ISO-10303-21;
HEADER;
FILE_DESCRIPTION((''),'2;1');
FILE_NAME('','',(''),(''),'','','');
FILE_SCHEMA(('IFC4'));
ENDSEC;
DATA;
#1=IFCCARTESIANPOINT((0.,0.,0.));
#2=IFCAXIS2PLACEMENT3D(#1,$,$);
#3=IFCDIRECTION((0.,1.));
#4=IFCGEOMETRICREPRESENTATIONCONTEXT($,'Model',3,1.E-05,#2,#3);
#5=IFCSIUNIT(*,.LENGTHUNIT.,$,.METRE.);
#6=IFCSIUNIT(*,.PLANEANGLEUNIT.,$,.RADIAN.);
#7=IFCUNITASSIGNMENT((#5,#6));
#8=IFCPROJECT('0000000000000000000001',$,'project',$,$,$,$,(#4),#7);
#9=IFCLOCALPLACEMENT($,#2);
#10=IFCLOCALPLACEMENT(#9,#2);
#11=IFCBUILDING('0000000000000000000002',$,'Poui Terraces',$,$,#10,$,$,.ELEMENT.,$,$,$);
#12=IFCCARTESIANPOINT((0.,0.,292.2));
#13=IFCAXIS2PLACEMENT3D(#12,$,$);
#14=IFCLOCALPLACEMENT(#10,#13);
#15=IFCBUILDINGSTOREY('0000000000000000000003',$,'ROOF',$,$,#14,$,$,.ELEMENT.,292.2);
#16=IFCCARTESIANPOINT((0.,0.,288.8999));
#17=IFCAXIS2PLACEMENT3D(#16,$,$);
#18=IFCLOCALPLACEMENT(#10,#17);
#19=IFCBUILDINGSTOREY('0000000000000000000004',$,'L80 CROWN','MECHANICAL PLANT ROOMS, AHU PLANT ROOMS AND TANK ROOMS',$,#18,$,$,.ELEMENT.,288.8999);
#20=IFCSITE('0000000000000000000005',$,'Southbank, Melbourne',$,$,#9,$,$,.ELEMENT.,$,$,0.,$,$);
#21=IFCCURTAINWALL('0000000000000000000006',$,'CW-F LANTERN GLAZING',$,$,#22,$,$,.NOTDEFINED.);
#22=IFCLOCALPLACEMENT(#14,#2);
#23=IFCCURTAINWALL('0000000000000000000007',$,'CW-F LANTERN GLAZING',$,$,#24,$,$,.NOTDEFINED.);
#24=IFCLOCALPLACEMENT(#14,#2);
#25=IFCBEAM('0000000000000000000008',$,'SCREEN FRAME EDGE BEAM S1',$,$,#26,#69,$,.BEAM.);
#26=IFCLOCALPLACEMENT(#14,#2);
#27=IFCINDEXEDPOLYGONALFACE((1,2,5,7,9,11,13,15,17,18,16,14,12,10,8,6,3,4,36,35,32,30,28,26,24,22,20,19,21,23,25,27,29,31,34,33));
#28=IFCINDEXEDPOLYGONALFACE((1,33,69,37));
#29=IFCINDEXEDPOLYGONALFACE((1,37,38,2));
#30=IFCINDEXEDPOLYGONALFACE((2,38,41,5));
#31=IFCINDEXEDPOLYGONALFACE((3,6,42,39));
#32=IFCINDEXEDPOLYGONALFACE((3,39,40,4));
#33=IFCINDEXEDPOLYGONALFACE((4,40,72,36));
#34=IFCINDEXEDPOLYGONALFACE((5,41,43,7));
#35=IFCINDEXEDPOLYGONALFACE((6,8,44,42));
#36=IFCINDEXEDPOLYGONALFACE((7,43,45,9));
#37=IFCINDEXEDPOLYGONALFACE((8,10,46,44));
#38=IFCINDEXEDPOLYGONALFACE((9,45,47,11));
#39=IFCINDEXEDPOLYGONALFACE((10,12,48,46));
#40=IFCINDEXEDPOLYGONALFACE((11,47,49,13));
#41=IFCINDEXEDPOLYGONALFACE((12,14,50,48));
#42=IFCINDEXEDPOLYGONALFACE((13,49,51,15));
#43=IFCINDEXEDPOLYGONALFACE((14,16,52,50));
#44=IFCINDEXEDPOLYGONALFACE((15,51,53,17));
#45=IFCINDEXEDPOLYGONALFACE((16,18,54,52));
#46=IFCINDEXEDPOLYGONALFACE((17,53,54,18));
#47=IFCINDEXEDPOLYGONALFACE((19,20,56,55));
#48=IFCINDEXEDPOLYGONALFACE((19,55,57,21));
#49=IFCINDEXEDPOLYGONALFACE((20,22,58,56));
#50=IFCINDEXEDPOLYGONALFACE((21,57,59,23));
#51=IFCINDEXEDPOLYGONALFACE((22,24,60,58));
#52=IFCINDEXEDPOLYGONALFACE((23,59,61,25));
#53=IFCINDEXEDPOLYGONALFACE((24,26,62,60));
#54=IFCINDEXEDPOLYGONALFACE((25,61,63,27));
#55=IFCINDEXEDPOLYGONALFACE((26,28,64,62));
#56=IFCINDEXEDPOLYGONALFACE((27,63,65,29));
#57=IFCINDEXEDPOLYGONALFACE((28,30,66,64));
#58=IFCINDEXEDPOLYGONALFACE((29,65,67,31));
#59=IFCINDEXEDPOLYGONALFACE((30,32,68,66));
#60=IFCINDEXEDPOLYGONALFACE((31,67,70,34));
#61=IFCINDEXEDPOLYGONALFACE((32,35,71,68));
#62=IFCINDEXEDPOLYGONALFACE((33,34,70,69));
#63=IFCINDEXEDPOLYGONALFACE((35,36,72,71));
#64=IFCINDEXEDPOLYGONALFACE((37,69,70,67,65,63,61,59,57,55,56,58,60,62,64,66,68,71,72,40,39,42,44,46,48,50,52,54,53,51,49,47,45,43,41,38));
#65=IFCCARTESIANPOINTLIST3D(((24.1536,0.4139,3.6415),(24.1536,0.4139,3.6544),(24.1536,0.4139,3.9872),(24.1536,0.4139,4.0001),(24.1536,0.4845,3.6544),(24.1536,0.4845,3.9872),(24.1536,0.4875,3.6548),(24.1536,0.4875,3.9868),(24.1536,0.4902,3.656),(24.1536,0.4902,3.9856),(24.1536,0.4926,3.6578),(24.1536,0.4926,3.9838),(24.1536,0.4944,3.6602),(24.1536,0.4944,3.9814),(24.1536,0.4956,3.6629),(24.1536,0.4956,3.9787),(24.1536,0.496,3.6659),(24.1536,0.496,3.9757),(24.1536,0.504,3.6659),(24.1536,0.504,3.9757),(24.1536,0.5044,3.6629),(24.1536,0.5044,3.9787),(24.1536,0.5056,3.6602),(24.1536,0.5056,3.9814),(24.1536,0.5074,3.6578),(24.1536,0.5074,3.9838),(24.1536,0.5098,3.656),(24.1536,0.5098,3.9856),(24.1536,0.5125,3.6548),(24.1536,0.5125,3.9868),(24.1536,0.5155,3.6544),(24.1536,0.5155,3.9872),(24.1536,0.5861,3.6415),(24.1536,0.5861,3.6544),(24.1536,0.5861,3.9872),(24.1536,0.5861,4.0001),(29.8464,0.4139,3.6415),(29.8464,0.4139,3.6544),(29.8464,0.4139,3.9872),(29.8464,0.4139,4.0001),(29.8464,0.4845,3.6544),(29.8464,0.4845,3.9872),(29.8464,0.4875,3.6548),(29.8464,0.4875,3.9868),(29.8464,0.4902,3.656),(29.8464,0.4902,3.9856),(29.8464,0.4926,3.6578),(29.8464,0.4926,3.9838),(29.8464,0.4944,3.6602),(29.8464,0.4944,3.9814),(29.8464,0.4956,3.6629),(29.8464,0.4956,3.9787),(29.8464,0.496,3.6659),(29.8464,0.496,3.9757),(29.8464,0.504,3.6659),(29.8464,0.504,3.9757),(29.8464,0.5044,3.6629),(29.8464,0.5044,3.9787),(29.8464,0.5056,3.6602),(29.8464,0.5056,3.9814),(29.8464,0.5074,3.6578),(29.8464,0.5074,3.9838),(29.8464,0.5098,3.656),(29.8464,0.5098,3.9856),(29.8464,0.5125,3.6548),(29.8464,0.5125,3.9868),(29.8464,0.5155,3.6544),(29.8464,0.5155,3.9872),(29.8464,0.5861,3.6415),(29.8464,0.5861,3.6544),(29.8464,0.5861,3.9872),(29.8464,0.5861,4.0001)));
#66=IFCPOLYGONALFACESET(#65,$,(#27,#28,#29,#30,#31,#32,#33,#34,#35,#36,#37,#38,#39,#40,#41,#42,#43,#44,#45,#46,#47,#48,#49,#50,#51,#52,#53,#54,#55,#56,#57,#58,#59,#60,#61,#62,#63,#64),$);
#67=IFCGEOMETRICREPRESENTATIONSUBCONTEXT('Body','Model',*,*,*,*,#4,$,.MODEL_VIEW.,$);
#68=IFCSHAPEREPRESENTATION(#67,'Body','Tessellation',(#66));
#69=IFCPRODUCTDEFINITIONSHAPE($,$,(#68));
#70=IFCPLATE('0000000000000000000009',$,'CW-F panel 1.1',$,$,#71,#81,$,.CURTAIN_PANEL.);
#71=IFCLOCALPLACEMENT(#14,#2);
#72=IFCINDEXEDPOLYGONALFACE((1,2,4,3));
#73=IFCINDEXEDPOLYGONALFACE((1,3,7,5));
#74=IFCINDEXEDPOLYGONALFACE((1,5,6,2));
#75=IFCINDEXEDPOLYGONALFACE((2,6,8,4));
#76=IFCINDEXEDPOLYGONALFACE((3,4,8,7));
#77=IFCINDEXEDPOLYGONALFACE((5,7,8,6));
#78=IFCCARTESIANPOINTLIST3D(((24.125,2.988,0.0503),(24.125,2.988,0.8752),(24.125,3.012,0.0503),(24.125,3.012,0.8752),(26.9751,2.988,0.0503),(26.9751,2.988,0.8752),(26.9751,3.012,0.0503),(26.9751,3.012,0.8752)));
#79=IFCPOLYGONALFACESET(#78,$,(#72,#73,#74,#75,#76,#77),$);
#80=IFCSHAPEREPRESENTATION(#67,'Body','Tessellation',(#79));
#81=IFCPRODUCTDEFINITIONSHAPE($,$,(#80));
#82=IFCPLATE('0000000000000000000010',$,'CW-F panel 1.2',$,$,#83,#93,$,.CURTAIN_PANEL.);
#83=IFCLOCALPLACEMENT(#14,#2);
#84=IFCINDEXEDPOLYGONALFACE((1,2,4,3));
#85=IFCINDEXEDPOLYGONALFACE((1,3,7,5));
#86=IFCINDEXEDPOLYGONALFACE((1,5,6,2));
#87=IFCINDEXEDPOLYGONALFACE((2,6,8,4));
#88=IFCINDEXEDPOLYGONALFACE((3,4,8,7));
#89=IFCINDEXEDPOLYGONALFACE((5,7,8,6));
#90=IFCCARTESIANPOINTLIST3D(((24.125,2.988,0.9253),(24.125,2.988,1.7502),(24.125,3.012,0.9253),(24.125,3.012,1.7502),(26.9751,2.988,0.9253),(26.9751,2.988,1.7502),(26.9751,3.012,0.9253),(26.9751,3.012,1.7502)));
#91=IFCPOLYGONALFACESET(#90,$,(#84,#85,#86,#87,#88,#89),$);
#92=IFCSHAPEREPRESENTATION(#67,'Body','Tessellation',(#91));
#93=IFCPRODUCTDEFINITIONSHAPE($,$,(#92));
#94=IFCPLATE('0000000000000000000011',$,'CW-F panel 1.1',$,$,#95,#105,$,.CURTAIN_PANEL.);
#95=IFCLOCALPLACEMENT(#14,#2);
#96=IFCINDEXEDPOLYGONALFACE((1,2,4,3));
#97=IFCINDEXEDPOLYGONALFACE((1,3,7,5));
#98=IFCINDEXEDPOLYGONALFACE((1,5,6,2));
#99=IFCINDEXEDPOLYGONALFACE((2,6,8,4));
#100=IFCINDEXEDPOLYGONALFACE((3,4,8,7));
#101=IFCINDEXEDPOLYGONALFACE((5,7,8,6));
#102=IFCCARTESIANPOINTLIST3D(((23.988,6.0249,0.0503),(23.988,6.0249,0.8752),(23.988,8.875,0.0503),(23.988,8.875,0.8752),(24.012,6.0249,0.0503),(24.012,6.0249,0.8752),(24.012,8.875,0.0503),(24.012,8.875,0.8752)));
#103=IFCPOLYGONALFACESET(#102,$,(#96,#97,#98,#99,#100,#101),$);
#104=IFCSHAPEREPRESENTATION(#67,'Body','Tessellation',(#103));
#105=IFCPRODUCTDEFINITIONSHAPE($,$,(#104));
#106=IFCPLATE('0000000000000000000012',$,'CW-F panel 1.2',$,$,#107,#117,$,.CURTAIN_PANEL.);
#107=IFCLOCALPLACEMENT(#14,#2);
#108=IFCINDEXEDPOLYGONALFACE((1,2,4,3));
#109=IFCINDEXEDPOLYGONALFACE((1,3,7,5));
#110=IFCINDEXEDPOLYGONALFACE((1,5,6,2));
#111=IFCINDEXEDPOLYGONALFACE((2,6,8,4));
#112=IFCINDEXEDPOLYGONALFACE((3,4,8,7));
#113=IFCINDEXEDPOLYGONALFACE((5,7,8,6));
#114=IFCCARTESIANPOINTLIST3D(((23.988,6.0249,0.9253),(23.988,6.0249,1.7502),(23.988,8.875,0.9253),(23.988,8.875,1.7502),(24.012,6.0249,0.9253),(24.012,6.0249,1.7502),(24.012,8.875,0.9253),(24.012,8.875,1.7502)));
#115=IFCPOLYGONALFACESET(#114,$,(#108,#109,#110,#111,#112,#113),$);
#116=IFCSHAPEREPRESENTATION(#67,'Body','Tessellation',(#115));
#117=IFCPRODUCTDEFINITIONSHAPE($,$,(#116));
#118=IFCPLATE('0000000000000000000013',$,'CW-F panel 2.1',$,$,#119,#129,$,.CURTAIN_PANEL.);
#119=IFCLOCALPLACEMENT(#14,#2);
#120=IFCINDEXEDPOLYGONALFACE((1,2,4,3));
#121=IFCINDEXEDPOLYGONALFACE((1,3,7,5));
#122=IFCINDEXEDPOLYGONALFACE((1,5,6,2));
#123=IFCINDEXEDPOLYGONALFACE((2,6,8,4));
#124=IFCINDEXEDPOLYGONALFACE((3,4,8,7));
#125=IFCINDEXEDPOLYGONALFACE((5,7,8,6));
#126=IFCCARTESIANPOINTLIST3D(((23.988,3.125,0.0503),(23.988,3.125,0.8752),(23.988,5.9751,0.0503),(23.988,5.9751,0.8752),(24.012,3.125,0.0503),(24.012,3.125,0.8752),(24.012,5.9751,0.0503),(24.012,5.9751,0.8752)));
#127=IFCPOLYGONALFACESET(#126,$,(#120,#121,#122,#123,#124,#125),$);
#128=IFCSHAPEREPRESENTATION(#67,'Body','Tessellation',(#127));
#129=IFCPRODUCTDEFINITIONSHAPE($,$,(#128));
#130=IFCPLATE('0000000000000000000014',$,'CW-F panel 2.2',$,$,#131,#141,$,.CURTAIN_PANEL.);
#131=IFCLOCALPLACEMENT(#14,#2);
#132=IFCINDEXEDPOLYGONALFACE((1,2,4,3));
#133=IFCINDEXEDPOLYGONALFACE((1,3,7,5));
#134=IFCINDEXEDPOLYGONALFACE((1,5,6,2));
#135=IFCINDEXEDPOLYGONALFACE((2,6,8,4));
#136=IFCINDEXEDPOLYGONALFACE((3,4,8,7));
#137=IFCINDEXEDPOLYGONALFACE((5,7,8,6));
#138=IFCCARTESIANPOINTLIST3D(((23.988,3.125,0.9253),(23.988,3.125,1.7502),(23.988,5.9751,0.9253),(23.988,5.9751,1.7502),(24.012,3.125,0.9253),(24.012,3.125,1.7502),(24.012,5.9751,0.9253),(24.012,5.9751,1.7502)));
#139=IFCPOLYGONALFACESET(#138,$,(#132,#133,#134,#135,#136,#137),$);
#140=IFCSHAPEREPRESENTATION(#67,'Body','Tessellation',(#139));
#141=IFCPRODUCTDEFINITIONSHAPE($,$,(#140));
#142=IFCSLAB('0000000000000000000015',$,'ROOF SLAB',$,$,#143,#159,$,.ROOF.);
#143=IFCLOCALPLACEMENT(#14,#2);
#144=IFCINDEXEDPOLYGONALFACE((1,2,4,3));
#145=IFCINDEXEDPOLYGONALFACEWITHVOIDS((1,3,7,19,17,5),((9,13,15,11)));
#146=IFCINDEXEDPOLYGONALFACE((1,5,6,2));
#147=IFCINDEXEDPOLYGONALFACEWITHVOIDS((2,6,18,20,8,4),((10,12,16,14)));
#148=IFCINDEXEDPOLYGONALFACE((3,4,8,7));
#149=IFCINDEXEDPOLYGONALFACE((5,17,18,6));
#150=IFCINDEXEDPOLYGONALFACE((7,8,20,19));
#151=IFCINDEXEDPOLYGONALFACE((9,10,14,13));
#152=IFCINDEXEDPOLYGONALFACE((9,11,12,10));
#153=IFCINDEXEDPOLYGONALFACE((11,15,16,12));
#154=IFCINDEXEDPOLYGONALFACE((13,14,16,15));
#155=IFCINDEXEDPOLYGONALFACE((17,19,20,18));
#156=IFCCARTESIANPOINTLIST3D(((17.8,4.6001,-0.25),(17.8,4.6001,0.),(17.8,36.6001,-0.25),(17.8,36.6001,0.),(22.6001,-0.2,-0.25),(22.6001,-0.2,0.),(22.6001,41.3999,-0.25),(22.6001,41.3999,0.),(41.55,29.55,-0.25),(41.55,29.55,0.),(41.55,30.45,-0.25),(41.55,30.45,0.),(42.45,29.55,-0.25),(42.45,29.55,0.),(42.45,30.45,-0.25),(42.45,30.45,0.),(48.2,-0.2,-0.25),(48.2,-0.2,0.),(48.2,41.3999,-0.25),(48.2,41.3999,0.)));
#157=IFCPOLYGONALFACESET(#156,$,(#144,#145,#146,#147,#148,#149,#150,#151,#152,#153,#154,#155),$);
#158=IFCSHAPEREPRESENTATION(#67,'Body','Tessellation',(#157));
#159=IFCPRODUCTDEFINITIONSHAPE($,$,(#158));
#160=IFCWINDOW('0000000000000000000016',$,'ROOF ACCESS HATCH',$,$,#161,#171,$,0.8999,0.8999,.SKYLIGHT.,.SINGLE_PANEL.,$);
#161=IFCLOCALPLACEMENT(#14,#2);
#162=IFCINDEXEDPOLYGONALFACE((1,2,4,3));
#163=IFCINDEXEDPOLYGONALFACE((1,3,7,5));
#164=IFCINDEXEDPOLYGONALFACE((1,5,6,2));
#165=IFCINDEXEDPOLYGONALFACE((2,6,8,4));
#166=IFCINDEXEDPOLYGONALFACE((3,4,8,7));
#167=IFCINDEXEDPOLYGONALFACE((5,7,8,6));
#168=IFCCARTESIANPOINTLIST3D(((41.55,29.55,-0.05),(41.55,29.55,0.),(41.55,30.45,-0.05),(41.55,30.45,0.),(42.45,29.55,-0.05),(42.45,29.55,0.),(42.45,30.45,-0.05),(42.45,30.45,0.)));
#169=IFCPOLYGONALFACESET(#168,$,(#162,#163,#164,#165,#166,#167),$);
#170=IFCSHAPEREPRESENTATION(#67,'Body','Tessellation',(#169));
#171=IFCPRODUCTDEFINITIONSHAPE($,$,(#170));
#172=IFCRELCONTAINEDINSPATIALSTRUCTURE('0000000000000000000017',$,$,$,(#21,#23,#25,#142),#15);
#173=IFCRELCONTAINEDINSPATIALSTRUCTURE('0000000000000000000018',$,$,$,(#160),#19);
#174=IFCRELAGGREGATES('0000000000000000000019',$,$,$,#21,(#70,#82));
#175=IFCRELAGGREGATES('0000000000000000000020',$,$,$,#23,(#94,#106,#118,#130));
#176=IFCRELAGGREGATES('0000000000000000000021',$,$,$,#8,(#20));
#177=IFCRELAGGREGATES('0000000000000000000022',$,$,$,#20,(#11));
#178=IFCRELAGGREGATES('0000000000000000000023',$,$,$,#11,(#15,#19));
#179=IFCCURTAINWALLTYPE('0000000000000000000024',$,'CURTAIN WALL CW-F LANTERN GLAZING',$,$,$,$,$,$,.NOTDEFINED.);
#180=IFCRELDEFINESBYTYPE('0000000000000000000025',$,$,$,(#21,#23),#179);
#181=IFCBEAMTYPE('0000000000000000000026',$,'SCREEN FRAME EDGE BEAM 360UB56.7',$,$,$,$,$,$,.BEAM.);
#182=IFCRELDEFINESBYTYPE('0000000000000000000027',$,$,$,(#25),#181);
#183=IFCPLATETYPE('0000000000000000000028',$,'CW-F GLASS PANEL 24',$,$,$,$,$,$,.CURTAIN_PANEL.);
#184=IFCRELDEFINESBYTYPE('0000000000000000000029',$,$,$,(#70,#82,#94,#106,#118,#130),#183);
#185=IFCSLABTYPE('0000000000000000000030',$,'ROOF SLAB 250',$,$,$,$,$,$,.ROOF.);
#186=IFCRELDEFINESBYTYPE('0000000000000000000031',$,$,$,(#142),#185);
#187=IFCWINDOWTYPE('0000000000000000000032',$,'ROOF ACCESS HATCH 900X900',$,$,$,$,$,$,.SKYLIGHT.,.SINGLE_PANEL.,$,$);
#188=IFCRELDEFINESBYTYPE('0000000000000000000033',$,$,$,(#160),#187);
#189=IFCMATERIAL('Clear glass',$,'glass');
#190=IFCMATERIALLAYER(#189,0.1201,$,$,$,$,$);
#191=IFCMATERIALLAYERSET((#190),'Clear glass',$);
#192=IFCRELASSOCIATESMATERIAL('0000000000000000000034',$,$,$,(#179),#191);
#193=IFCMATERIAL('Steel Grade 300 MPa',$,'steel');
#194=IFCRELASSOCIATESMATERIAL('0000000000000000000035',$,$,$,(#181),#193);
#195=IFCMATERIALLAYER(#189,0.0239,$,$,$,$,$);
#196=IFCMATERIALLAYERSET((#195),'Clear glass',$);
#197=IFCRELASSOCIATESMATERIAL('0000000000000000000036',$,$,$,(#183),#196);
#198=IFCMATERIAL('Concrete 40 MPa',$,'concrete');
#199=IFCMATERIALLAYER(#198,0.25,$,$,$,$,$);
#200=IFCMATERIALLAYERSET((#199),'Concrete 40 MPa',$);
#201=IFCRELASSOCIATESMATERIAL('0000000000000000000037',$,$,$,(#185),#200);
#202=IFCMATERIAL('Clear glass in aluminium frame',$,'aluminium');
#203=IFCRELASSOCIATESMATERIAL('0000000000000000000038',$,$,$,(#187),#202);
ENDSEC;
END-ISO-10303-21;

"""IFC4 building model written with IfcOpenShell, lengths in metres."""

from ifc_helpers import new_model, si_unit, direction, frame, origin, origin_2d, place, context, subcontext, project, spatial, polyline, rectangle, i_section, outline, extrude, source, transform, mapped, material, layer, layer_set, material_profile, profile_set, type_object, element, fill, aggregate, save


model = new_model("IFC4")

# Units and contexts
model_context = context("Model", 3, precision=1e-05, world=origin(), true_north=direction((0.0, 1.0)))
body_context = subcontext(model_context, "Body", "Model", "MODEL_VIEW")
ifc_project = project(units=[si_unit("LENGTHUNIT", "METRE"), si_unit("PLANEANGLEUNIT", "RADIAN")], contexts=[model_context])

# Site, building, storey
site_placement = place(None, origin())
site = spatial("IfcSite", under=ifc_project, at=site_placement, Name="Southbank, Melbourne", CompositionType="ELEMENT", RefElevation=0.0)
building_placement = place(site_placement, origin())
building = spatial("IfcBuilding", under=site, at=building_placement, Name="Poui Terraces", CompositionType="ELEMENT")
storey_1_placement = place(building_placement, frame((0.0, 0.0, 292.2)))
storey_1 = spatial("IfcBuildingStorey", under=building, at=storey_1_placement, Name="ROOF", CompositionType="ELEMENT", Elevation=292.2)

# Shared definitions
ifc_material_1 = material(Name="Steel Grade 300 MPa", Category="steel")

# Curtain wall
ifc_material_2 = material(Name="Clear glass", Category="glass")
ifc_layer_1 = layer(ifc_material_2, 0.1201)
ifc_layer_set_1 = layer_set([ifc_layer_1], Name="Clear glass")
curtain_wall_type = type_object("IfcCurtainWallType", Name="CURTAIN WALL CW-F LANTERN GLAZING", PredefinedType="NOTDEFINED", material=ifc_layer_set_1)
curtain_wall_1_placement = place(storey_1_placement, origin())
curtain_wall_1 = element("IfcCurtainWall", 1, at=curtain_wall_1_placement, inside=storey_1, type_object=curtain_wall_type, Name="CW-F LANTERN GLAZING", PredefinedType="NOTDEFINED")

# Curtain wall
curtain_wall_2_placement = place(storey_1_placement, origin())
curtain_wall_2 = element("IfcCurtainWall", 2, at=curtain_wall_2_placement, inside=storey_1, type_object=curtain_wall_type, Name="CW-F LANTERN GLAZING", PredefinedType="NOTDEFINED")

# Beam
ifc_material_profile_1 = material_profile(ifc_material_1, i_section(OverallWidth=0.1721, OverallDepth=0.3586, WebThickness=0.0081, FlangeThickness=0.0129, FilletRadius=0.0115, at=origin_2d()), Name="360UB56.7")
ifc_profile_set_1 = profile_set([ifc_material_profile_1], Name="Steel Grade 300 MPa")
beam_type = type_object("IfcBeamType", Name="SCREEN FRAME EDGE BEAM 360UB56.7", PredefinedType="BEAM", material=ifc_profile_set_1)
shared_shape_1 = source(origin(), body_context, "Body", "SweptSolid", [
    extrude(i_section(OverallWidth=0.1721, OverallDepth=0.3586, WebThickness=0.0081, FlangeThickness=0.0129, FilletRadius=0.0115, at=origin_2d()), origin(), (0.0, 0.0, 1.0), 5.6929),
])
beam_placement = place(storey_1_placement, frame((24.1536, 0.5, 3.8208), z_axis=(1.0, 0.0, 0.0), x_axis=(0.0, 1.0, 0.0)))
element("IfcBeam", 3, at=beam_placement, inside=storey_1, type_object=beam_type, Name="SCREEN FRAME EDGE BEAM S1", PredefinedType="BEAM", context=body_context, shape_type="MappedRepresentation", body=[
    mapped(shared_shape_1, transform((0.0, 0.0, 0.0))),
])

# Plates
ifc_layer_2 = layer(ifc_material_2, 0.0239)
ifc_layer_set_2 = layer_set([ifc_layer_2], Name="Clear glass")
plate_type = type_object("IfcPlateType", Name="CW-F GLASS PANEL 24", PredefinedType="CURTAIN_PANEL", material=ifc_layer_set_2)
plate_1_placement = place(storey_1_placement, frame((25.55, 3.0, 0.0503), z_axis=(0.0, 0.0, 1.0), x_axis=(1.0, 0.0, 0.0)))
plate_1 = element("IfcPlate", 4, at=plate_1_placement, type_object=plate_type, Name="CW-F panel 1.1", PredefinedType="CURTAIN_PANEL", context=body_context, shape_type="SweptSolid", body=[
    extrude(rectangle(XDim=2.8501, YDim=0.0239, at=origin_2d()), origin(), (0.0, 0.0, 1.0), 0.825),
])
plate_2_placement = place(storey_1_placement, frame((25.55, 3.0, 0.9253), z_axis=(0.0, 0.0, 1.0), x_axis=(1.0, 0.0, 0.0)))
plate_2 = element("IfcPlate", 5, at=plate_2_placement, type_object=plate_type, Name="CW-F panel 1.2", PredefinedType="CURTAIN_PANEL", context=body_context, shape_type="SweptSolid", body=[
    extrude(rectangle(XDim=2.8501, YDim=0.0239, at=origin_2d()), origin(), (0.0, 0.0, 1.0), 0.825),
])
aggregate(curtain_wall_1, [plate_1, plate_2])
plate_3_placement = place(storey_1_placement, frame((24.0, 7.45, 0.0503), z_axis=(0.0, 0.0, 1.0), x_axis=(0.0, -1.0, 0.0)))
plate_3 = element("IfcPlate", 6, at=plate_3_placement, type_object=plate_type, Name="CW-F panel 1.1", PredefinedType="CURTAIN_PANEL", context=body_context, shape_type="SweptSolid", body=[
    extrude(rectangle(XDim=2.8501, YDim=0.0239, at=origin_2d()), origin(), (0.0, 0.0, 1.0), 0.825),
])
plate_4_placement = place(storey_1_placement, frame((24.0, 7.45, 0.9253), z_axis=(0.0, 0.0, 1.0), x_axis=(0.0, -1.0, 0.0)))
plate_4 = element("IfcPlate", 7, at=plate_4_placement, type_object=plate_type, Name="CW-F panel 1.2", PredefinedType="CURTAIN_PANEL", context=body_context, shape_type="SweptSolid", body=[
    extrude(rectangle(XDim=2.8501, YDim=0.0239, at=origin_2d()), origin(), (0.0, 0.0, 1.0), 0.825),
])
plate_5_placement = place(storey_1_placement, frame((24.0, 4.55, 0.0503), z_axis=(0.0, 0.0, 1.0), x_axis=(0.0, -1.0, 0.0)))
plate_5 = element("IfcPlate", 8, at=plate_5_placement, type_object=plate_type, Name="CW-F panel 2.1", PredefinedType="CURTAIN_PANEL", context=body_context, shape_type="SweptSolid", body=[
    extrude(rectangle(XDim=2.8501, YDim=0.0239, at=origin_2d()), origin(), (0.0, 0.0, 1.0), 0.825),
])
plate_6_placement = place(storey_1_placement, frame((24.0, 4.55, 0.9253), z_axis=(0.0, 0.0, 1.0), x_axis=(0.0, -1.0, 0.0)))
plate_6 = element("IfcPlate", 9, at=plate_6_placement, type_object=plate_type, Name="CW-F panel 2.2", PredefinedType="CURTAIN_PANEL", context=body_context, shape_type="SweptSolid", body=[
    extrude(rectangle(XDim=2.8501, YDim=0.0239, at=origin_2d()), origin(), (0.0, 0.0, 1.0), 0.825),
])
aggregate(curtain_wall_2, [plate_3, plate_4, plate_5, plate_6])

# Slab, opening
ifc_material_3 = material(Name="Concrete 40 MPa", Category="concrete")
ifc_layer_3 = layer(ifc_material_3, 0.25)
ifc_layer_set_3 = layer_set([ifc_layer_3], Name="Concrete 40 MPa")
slab_type = type_object("IfcSlabType", Name="ROOF SLAB 250", PredefinedType="ROOF", material=ifc_layer_set_3)
shared_shape_2 = source(origin(), body_context, "Body", "SweptSolid", [
    extrude(outline(polyline([(0.0, 0.0), (25.5999, 0.0), (25.5999, 41.5999), (0.0, 41.5999), (-4.8, 36.8), (-4.8, 4.8), (0.0, 0.0)])), origin(), (0.0, 0.0, 1.0), 0.25),
])
slab_placement = place(storey_1_placement, frame((22.6001, -0.2, -0.25)))
slab = element("IfcSlab", 10, at=slab_placement, inside=storey_1, type_object=slab_type, Name="ROOF SLAB", PredefinedType="ROOF", context=body_context, shape_type="MappedRepresentation", body=[
    mapped(shared_shape_2, transform((0.0, 0.0, 0.0))),
])
opening_placement = place(slab_placement, frame((19.3999, 30.2, -0.01)))
opening = element("IfcOpeningElement", 11, at=opening_placement, cuts=slab, PredefinedType="OPENING", context=body_context, shape_type="SweptSolid", body=[
    extrude(rectangle(XDim=0.8999, YDim=0.8999, at=origin_2d()), origin(), (0.0, 0.0, 1.0), 0.27),
])

# Shared definitions
storey_2_placement = place(building_placement, frame((0.0, 0.0, 288.8999)))
storey_2 = spatial("IfcBuildingStorey", under=building, at=storey_2_placement, Name="L80 CROWN", Description="MECHANICAL PLANT ROOMS, AHU PLANT ROOMS AND TANK ROOMS", CompositionType="ELEMENT", Elevation=288.8999)

# Window
ifc_material_4 = material(Name="Clear glass in aluminium frame", Category="aluminium")
window_type = type_object("IfcWindowType", Name="ROOF ACCESS HATCH 900X900", PartitioningType="SINGLE_PANEL", PredefinedType="SKYLIGHT", material=ifc_material_4)
window_placement = place(opening_placement, frame((0.0, 0.0, 0.21)))
window = element("IfcWindow", 12, at=window_placement, inside=storey_2, type_object=window_type, Name="ROOF ACCESS HATCH", OverallHeight=0.8999, OverallWidth=0.8999, PartitioningType="SINGLE_PANEL", PredefinedType="SKYLIGHT", context=body_context, shape_type="SweptSolid", body=[
    extrude(rectangle(XDim=0.8999, YDim=0.8999, at=origin_2d()), origin(), (0.0, 0.0, 1.0), 0.05),
])
fill(opening, window)

save(model, "model.ifc")
